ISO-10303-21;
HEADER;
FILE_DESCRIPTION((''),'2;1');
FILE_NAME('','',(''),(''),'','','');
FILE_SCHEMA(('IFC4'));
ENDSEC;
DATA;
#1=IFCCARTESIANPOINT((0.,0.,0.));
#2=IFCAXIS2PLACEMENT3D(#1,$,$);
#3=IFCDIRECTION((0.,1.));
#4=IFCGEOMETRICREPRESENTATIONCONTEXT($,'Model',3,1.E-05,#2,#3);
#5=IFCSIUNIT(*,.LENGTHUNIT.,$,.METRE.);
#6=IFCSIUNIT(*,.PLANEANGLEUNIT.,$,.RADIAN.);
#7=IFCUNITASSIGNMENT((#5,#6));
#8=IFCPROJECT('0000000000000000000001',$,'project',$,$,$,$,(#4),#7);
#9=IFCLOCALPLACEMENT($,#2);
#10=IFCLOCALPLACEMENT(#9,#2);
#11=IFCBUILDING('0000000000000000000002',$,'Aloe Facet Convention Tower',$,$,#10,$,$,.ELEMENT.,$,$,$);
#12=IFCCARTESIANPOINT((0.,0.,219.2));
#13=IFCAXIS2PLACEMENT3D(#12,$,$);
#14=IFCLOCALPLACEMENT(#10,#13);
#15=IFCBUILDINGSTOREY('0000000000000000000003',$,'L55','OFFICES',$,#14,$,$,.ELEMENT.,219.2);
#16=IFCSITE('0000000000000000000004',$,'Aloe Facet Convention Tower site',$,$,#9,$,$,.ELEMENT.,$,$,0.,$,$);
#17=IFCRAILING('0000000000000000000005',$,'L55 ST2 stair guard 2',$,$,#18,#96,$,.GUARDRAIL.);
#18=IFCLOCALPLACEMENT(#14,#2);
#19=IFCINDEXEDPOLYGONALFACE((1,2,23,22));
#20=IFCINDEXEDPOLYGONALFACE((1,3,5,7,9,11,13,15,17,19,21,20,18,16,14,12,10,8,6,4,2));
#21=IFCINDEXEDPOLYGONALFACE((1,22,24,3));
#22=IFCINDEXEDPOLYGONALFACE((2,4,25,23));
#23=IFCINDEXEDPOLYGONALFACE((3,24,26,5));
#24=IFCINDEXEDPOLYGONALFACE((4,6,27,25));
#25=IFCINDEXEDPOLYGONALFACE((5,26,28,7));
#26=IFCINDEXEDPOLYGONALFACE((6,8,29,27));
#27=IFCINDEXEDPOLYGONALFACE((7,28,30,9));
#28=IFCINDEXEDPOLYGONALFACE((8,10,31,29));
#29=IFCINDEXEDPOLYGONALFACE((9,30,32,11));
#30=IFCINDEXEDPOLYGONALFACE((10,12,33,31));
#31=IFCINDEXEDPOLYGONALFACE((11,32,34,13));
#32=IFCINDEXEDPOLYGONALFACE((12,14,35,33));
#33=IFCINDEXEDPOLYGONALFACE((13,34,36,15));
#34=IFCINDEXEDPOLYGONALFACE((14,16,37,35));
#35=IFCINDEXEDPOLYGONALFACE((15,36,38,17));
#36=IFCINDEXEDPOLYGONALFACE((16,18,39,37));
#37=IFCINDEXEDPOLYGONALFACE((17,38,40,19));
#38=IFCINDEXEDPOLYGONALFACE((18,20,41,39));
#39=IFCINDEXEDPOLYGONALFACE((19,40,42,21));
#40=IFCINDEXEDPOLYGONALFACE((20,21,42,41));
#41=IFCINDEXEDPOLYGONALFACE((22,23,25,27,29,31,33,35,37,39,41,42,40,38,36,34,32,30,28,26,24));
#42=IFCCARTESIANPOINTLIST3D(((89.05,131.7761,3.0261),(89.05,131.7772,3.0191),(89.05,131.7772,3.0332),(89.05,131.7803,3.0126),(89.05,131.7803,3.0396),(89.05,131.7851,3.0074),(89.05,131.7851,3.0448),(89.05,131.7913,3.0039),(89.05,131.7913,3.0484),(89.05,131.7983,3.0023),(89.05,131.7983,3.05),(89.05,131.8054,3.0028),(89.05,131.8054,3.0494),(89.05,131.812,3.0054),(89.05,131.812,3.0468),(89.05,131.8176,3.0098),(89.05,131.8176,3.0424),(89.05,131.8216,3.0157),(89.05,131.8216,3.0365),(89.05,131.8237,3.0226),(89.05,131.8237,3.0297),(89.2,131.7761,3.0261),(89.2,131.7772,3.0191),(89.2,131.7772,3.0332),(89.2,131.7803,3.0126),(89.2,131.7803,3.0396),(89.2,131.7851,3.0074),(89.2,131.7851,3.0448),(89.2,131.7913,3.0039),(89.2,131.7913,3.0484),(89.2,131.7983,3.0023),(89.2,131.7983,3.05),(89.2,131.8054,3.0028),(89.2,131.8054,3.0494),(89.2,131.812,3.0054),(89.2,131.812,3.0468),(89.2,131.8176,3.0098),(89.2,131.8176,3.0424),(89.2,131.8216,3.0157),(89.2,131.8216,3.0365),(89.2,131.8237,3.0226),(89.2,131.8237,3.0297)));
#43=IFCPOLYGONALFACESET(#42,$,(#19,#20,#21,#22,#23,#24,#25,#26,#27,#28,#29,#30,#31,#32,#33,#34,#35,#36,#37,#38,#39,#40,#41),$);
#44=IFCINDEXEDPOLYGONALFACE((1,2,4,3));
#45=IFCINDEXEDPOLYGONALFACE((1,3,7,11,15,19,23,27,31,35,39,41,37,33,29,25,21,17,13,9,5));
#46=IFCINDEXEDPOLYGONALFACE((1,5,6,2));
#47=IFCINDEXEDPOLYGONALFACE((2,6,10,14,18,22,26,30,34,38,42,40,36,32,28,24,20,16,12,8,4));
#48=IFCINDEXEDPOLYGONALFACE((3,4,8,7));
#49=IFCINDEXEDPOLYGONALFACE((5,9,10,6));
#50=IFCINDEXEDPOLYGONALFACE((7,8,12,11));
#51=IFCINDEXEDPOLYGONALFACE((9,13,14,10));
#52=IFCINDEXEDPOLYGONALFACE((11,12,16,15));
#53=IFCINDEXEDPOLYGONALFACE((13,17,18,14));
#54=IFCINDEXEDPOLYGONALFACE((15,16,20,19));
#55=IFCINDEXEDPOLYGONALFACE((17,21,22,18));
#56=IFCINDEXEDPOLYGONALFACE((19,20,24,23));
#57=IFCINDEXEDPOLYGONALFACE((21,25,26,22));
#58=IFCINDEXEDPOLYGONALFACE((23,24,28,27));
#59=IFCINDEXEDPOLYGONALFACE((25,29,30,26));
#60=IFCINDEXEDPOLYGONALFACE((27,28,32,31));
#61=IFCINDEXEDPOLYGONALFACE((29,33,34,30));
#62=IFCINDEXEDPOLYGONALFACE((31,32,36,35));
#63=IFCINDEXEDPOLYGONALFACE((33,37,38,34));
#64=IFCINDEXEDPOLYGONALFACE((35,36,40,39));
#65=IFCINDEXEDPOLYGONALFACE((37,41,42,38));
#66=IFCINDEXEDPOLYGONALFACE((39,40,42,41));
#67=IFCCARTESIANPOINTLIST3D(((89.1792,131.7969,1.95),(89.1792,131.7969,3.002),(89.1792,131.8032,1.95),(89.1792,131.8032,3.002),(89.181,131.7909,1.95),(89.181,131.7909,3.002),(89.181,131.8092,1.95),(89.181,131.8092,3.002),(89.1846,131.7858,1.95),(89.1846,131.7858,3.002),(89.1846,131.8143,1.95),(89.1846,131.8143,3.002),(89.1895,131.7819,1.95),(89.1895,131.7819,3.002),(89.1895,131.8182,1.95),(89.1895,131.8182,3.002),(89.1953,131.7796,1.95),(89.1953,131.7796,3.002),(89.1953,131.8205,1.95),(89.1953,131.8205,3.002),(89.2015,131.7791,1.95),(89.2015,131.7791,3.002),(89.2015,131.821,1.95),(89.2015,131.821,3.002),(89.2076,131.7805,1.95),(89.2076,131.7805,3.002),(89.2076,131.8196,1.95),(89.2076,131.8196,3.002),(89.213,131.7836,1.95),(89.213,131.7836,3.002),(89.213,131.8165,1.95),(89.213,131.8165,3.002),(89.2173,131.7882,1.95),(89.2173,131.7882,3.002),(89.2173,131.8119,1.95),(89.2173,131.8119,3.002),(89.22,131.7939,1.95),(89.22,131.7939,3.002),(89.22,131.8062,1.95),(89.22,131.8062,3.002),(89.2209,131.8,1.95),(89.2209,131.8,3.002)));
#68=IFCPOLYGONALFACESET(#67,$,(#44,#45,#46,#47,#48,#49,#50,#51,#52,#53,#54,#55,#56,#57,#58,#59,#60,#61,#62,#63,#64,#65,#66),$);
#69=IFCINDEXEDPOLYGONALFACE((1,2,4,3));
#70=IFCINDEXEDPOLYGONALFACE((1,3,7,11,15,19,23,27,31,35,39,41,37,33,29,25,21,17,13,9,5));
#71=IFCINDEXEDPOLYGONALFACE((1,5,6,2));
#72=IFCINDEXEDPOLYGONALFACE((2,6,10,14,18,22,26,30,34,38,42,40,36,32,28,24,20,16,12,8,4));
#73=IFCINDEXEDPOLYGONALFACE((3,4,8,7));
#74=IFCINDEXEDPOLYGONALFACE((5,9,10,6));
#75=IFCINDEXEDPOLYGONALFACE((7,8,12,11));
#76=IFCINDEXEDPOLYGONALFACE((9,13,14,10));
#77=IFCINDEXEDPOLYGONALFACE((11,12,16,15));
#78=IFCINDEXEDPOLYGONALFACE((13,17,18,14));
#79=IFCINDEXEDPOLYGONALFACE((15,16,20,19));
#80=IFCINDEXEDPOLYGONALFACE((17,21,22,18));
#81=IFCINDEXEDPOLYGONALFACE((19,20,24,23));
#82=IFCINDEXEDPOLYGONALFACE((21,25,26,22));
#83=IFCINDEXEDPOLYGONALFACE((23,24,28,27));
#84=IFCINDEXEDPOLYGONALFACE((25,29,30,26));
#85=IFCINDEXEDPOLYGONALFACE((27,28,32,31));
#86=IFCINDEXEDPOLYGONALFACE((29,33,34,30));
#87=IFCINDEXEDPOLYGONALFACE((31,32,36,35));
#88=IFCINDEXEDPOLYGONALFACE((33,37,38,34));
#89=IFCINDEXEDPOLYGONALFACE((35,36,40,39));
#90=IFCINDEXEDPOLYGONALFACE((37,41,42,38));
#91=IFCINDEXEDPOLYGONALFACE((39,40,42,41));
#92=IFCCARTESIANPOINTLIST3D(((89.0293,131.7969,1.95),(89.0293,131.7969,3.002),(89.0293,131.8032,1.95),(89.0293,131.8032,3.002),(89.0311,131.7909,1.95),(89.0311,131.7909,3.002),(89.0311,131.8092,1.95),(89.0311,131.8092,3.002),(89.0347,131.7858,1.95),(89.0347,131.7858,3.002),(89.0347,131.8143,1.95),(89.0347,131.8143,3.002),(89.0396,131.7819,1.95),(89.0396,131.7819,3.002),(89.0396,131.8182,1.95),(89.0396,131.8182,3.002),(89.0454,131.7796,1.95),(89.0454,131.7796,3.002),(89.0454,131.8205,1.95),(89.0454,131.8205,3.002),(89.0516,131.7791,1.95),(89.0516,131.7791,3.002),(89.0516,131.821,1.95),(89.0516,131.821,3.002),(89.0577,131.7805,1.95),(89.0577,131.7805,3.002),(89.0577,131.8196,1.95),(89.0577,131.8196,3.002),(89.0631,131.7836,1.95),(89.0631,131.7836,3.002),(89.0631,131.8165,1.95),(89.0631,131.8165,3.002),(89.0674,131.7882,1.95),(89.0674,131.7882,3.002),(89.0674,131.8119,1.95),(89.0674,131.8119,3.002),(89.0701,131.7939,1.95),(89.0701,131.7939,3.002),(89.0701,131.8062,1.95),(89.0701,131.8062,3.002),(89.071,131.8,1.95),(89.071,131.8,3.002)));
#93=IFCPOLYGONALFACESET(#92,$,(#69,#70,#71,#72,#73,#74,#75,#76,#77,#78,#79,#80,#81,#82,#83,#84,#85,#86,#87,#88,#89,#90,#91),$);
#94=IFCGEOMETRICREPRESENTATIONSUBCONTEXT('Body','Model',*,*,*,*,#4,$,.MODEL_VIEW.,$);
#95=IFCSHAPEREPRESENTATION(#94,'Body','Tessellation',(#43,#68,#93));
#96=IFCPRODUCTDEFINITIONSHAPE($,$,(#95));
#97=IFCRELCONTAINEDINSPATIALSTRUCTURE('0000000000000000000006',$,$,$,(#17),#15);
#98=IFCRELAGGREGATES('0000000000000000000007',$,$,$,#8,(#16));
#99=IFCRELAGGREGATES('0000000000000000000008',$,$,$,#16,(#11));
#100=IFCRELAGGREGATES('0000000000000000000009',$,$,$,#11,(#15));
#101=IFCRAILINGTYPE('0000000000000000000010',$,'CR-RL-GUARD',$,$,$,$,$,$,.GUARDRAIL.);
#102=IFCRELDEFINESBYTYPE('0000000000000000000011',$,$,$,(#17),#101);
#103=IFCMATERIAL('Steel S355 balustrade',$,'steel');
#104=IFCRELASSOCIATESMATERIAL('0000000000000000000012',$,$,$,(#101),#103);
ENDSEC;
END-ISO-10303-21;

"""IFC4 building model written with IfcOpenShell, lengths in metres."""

from ifc_helpers import new_model, si_unit, direction, frame, origin, origin_2d, place, context, subcontext, project, spatial, circle, extrude, material, type_object, element, save


model = new_model("IFC4")

# Units and contexts
model_context = context("Model", 3, precision=1e-05, world=origin(), true_north=direction((0.0, 1.0)))
body_context = subcontext(model_context, "Body", "Model", "MODEL_VIEW")
ifc_project = project(units=[si_unit("LENGTHUNIT", "METRE"), si_unit("PLANEANGLEUNIT", "RADIAN")], contexts=[model_context])

# Site, building, storey
site_placement = place(None, origin())
site = spatial("IfcSite", under=ifc_project, at=site_placement, Name="Aloe Facet Convention Tower site", CompositionType="ELEMENT", RefElevation=0.0)
building_placement = place(site_placement, origin())
building = spatial("IfcBuilding", under=site, at=building_placement, Name="Aloe Facet Convention Tower", CompositionType="ELEMENT")
storey_placement = place(building_placement, frame((0.0, 0.0, 219.2)))
storey = spatial("IfcBuildingStorey", under=building, at=storey_placement, Name="L55", Description="OFFICES", CompositionType="ELEMENT", Elevation=219.2)

# Railing
ifc_material_1 = material(Name="Steel S355 balustrade", Category="steel")
railing_type = type_object("IfcRailingType", Name="CR-RL-GUARD", PredefinedType="GUARDRAIL", material=ifc_material_1)
railing_1_placement = place(storey_placement, frame((89.2, 131.8, 1.95)))
element("IfcRailing", 1, at=railing_1_placement, inside=storey, type_object=railing_type, Name="L55 ST2 stair guard 2", PredefinedType="GUARDRAIL", context=body_context, shape_type="SweptSolid", body=[
    extrude(circle(Radius=0.0239, at=origin_2d()), frame((0.0, 0.0, 1.0762), z_axis=(-1.0, 0.0, 0.0), x_axis=(0.0, -1.0, 0.0)), (0.0, 0.0, 1.0), 0.1499),
    extrude(circle(Radius=0.021, at=origin_2d()), origin(), (0.0, 0.0, 1.0), 1.052),
    extrude(circle(Radius=0.021, at=origin_2d()), frame((-0.1499, 0.0, 0.0)), (0.0, 0.0, 1.0), 1.052),
])

save(model, "model.ifc")
